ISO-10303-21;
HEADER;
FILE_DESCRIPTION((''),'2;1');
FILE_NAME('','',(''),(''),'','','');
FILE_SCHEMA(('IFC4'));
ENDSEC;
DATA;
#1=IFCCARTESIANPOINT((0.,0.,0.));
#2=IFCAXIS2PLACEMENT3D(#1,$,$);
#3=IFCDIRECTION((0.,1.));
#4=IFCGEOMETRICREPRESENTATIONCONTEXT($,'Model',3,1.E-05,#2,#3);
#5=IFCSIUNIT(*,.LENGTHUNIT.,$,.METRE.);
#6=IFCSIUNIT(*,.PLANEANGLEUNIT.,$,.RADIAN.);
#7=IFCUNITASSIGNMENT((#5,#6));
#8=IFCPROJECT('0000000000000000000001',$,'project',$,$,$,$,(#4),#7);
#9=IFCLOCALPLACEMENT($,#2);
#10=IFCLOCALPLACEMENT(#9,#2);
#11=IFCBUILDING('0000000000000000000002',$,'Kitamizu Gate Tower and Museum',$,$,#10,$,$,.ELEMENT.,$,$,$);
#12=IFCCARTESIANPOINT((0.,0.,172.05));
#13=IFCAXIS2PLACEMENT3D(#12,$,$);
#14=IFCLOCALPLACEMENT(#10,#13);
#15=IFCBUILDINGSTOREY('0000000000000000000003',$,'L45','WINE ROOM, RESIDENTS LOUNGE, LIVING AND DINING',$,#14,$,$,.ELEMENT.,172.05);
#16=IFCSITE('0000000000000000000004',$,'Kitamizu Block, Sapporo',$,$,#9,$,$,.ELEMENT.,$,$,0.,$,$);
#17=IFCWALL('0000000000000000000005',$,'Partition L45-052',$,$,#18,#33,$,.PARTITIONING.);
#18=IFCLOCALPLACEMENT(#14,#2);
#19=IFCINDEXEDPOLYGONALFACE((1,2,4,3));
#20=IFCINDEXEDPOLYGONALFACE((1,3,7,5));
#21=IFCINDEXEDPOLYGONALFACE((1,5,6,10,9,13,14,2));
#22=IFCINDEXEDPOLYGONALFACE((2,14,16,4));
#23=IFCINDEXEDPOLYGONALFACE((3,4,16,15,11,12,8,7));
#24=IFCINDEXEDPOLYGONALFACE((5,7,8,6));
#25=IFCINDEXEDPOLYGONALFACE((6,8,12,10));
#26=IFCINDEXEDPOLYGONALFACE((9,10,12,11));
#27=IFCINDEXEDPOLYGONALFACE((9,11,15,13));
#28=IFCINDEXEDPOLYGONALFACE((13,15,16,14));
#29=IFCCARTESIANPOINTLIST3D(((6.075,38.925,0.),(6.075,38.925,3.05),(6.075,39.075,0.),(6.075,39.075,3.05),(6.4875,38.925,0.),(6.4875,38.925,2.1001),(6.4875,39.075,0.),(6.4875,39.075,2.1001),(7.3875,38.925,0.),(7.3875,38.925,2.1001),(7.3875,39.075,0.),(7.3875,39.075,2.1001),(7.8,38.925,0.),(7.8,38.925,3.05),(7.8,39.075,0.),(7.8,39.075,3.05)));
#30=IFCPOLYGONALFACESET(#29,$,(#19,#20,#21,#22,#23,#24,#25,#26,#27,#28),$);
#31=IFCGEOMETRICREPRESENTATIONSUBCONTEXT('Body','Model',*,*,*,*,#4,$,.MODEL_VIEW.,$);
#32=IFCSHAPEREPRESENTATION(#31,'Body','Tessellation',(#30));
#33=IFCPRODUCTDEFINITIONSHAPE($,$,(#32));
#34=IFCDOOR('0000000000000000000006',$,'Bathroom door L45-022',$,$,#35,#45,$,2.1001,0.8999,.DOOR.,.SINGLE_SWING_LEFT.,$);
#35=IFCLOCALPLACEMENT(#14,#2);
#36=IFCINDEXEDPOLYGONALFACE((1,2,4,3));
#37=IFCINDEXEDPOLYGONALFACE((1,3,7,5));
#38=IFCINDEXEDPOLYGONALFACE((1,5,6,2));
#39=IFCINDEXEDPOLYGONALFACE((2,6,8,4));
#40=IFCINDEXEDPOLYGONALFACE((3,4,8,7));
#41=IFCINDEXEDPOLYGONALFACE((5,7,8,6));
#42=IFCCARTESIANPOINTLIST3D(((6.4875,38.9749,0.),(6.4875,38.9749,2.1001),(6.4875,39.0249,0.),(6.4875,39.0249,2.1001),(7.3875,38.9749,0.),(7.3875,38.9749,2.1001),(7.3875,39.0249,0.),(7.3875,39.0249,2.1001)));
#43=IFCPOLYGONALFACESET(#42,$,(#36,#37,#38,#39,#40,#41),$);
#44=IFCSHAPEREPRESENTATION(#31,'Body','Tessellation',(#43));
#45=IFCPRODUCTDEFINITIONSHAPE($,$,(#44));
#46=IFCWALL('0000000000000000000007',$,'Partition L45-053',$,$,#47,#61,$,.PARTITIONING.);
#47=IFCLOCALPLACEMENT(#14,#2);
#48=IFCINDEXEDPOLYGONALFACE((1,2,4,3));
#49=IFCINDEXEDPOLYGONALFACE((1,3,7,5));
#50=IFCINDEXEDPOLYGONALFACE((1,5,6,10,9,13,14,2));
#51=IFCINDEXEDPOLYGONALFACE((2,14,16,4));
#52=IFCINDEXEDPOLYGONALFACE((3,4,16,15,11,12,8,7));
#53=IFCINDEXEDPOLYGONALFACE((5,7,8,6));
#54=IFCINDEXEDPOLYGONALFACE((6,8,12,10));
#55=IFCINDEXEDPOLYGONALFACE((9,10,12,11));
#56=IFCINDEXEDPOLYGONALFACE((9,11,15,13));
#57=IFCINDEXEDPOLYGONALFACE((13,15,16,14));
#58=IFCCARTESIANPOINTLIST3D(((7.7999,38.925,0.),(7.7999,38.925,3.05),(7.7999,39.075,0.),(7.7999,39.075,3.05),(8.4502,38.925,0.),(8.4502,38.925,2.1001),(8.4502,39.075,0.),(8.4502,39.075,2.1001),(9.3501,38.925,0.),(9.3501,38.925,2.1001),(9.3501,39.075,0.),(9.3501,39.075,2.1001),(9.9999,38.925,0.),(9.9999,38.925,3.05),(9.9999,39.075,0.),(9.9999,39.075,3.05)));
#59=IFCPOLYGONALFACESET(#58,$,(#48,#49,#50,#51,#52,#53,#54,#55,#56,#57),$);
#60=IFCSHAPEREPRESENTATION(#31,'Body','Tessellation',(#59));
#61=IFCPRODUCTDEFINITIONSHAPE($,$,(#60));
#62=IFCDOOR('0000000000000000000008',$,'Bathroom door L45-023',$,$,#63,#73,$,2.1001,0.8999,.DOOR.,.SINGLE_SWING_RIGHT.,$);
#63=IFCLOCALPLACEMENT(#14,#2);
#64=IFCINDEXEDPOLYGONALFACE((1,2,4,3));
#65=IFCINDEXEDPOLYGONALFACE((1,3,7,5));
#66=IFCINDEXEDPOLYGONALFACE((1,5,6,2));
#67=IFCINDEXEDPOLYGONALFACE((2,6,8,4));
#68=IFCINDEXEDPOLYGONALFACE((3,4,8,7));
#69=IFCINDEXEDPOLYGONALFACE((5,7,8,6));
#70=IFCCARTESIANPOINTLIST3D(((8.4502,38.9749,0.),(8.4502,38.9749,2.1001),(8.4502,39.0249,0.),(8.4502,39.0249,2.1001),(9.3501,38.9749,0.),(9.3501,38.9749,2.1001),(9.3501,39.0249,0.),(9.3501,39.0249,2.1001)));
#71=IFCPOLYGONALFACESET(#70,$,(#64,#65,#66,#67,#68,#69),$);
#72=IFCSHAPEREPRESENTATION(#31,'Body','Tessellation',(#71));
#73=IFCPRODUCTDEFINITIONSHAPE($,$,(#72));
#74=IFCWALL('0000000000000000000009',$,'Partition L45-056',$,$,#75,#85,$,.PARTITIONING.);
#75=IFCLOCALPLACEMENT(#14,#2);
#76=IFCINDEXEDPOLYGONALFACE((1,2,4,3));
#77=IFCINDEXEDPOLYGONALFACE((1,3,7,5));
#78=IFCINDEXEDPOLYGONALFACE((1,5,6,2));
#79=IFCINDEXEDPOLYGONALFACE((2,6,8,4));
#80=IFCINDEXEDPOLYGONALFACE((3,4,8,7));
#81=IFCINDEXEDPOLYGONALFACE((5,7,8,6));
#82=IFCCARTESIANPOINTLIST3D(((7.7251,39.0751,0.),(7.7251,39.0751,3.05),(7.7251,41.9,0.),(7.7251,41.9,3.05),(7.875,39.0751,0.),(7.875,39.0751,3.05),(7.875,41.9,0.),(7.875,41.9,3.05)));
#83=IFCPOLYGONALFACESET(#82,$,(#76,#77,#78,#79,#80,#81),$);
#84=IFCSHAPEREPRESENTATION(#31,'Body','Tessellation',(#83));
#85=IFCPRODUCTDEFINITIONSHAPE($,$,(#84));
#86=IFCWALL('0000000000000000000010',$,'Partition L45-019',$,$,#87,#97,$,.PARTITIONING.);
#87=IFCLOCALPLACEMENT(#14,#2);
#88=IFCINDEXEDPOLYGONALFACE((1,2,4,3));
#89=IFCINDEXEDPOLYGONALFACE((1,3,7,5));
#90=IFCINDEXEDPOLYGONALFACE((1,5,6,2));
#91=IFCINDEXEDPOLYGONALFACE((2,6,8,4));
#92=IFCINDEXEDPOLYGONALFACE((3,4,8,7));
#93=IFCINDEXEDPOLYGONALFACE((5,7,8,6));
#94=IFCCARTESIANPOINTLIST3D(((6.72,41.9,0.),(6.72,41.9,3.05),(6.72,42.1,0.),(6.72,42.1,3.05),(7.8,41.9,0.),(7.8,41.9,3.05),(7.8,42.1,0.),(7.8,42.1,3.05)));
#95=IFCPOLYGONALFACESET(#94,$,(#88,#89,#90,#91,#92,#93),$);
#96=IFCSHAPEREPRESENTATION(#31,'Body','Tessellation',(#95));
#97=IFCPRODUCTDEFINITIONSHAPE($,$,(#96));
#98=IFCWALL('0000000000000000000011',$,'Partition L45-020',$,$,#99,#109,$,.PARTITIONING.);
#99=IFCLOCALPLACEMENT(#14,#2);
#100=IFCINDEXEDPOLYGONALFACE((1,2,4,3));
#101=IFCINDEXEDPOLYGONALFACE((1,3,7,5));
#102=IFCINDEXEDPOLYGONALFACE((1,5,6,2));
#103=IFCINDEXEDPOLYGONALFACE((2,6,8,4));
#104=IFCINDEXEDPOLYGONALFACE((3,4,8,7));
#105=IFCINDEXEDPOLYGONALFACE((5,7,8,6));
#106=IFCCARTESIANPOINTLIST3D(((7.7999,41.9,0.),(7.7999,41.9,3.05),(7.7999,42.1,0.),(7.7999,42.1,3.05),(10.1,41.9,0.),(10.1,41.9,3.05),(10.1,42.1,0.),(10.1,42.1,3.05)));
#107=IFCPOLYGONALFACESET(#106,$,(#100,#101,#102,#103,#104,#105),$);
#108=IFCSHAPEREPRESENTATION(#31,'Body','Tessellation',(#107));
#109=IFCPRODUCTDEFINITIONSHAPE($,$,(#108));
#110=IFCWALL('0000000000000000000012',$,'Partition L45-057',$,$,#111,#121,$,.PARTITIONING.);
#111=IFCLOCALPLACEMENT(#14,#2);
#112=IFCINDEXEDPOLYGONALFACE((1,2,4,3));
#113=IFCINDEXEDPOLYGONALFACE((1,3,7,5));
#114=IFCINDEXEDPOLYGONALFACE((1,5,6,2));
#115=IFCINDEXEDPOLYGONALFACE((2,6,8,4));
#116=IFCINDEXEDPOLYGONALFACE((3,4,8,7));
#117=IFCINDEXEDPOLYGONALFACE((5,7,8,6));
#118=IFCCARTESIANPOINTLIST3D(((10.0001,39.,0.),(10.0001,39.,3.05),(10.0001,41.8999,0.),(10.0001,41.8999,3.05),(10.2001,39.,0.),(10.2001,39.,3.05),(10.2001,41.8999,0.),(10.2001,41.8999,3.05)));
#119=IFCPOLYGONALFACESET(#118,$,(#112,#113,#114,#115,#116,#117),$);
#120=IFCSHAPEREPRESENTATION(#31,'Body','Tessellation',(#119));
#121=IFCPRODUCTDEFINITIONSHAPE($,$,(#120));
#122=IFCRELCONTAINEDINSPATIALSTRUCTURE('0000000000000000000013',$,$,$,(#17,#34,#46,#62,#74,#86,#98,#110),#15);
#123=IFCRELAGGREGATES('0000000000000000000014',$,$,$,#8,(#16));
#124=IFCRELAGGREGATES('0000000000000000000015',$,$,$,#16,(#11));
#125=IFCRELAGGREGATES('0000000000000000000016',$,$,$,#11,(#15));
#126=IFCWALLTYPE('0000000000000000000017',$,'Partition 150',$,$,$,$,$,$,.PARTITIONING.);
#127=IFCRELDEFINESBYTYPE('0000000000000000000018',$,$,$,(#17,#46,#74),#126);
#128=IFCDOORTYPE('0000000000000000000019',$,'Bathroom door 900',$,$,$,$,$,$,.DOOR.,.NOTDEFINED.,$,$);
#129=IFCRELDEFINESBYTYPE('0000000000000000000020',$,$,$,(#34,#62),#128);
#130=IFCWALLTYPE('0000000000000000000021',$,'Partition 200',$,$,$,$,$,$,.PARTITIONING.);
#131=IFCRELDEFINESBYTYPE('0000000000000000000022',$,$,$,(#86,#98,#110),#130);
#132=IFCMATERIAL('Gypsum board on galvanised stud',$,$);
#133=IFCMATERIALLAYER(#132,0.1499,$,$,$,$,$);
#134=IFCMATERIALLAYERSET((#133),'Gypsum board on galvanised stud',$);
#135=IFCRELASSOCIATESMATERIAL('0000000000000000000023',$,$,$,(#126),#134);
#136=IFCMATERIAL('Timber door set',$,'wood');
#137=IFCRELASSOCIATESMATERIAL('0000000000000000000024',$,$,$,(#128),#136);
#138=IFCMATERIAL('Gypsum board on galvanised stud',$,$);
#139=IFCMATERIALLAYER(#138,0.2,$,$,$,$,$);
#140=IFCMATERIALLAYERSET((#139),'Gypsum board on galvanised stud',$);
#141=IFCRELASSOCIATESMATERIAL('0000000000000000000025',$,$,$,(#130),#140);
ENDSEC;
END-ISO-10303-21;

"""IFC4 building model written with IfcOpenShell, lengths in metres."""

from ifc_helpers import new_model, si_unit, direction, frame, frame_2d, origin, place, context, subcontext, project, spatial, rectangle, extrude, material, layer, layer_set, type_object, element, fill, save


model = new_model("IFC4")

# Units and contexts
model_context = context("Model", 3, precision=1e-05, world=origin(), true_north=direction((0.0, 1.0)))
body_context = subcontext(model_context, "Body", "Model", "MODEL_VIEW")
ifc_project = project(units=[si_unit("LENGTHUNIT", "METRE"), si_unit("PLANEANGLEUNIT", "RADIAN")], contexts=[model_context])

# Site, building, storey
site_placement = place(None, origin())
site = spatial("IfcSite", under=ifc_project, at=site_placement, Name="Kitamizu Block, Sapporo", CompositionType="ELEMENT", RefElevation=0.0)
building_placement = place(site_placement, origin())
building = spatial("IfcBuilding", under=site, at=building_placement, Name="Kitamizu Gate Tower and Museum", CompositionType="ELEMENT")
storey_placement = place(building_placement, frame((0.0, 0.0, 172.05)))
storey = spatial("IfcBuildingStorey", under=building, at=storey_placement, Name="L45", Description="WINE ROOM, RESIDENTS LOUNGE, LIVING AND DINING", CompositionType="ELEMENT", Elevation=172.05)

# Walls, openings, doors
ifc_material_1 = material(Name="Gypsum board on galvanised stud")
ifc_layer_1 = layer(ifc_material_1, 0.1499)
ifc_layer_set_1 = layer_set([ifc_layer_1], Name="Gypsum board on galvanised stud")
wall_type_1 = type_object("IfcWallType", Name="Partition 150", PredefinedType="PARTITIONING", material=ifc_layer_set_1)
wall_1_placement = place(storey_placement, frame((7.8, 39.0, 0.0), z_axis=(0.0, 0.0, 1.0), x_axis=(-1.0, 0.0, 0.0)))
wall_1 = element("IfcWall", 1, at=wall_1_placement, inside=storey, type_object=wall_type_1, Name="Partition L45-052", PredefinedType="PARTITIONING", context=body_context, shape_type="SweptSolid", body=[
    extrude(rectangle(XDim=1.7251, YDim=0.1499, at=frame_2d((0.8625, 0.0))), origin(), (0.0, 0.0, 1.0), 3.05),
])
opening_1_placement = place(wall_1_placement, frame((0.4126, 0.0, 0.0)))
opening_1 = element("IfcOpeningElement", 2, at=opening_1_placement, cuts=wall_1, PredefinedType="OPENING", context=body_context, shape_type="SweptSolid", body=[
    extrude(rectangle(XDim=0.8999, YDim=2.1001, at=frame_2d((0.45, 1.05))), frame((0.0, 0.085, 0.0), z_axis=(0.0, -1.0, 0.0), x_axis=(1.0, 0.0, 0.0)), (0.0, 0.0, 1.0), 0.1699),
])
ifc_material_2 = material(Name="Timber door set", Category="wood")
door_type = type_object("IfcDoorType", Name="Bathroom door 900", OperationType="NOTDEFINED", PredefinedType="DOOR", material=ifc_material_2)
door_1_placement = place(opening_1_placement, frame((0.8999, 0.0, 0.0), x_axis=(-1.0, 0.0, 0.0)))
door_1 = element("IfcDoor", 3, at=door_1_placement, inside=storey, type_object=door_type, Name="Bathroom door L45-022", OperationType="SINGLE_SWING_LEFT", OverallHeight=2.1001, OverallWidth=0.8999, PredefinedType="DOOR", context=body_context, shape_type="SweptSolid", body=[
    extrude(rectangle(XDim=0.8999, YDim=2.1001, at=frame_2d((0.45, 1.05))), frame((0.0, 0.0249, 0.0), z_axis=(0.0, -1.0, 0.0), x_axis=(1.0, 0.0, 0.0)), (0.0, 0.0, 1.0), 0.05),
])
fill(opening_1, door_1)
wall_2_placement = place(storey_placement, frame((10.0, 39.0, 0.0), z_axis=(0.0, 0.0, 1.0), x_axis=(-1.0, 0.0, 0.0)))
wall_2 = element("IfcWall", 4, at=wall_2_placement, inside=storey, type_object=wall_type_1, Name="Partition L45-053", PredefinedType="PARTITIONING", context=body_context, shape_type="SweptSolid", body=[
    extrude(rectangle(XDim=2.2, YDim=0.1499, at=frame_2d((1.1001, 0.0))), origin(), (0.0, 0.0, 1.0), 3.05),
])
opening_2_placement = place(wall_2_placement, frame((0.6499, 0.0, 0.0)))
opening_2 = element("IfcOpeningElement", 5, at=opening_2_placement, cuts=wall_2, PredefinedType="OPENING", context=body_context, shape_type="SweptSolid", body=[
    extrude(rectangle(XDim=0.8999, YDim=2.1001, at=frame_2d((0.45, 1.05))), frame((0.0, 0.085, 0.0), z_axis=(0.0, -1.0, 0.0), x_axis=(1.0, 0.0, 0.0)), (0.0, 0.0, 1.0), 0.1699),
])
door_2_placement = place(opening_2_placement, frame((0.8999, 0.0, 0.0), x_axis=(-1.0, 0.0, 0.0)))
door_2 = element("IfcDoor", 6, at=door_2_placement, inside=storey, type_object=door_type, Name="Bathroom door L45-023", OperationType="SINGLE_SWING_RIGHT", OverallHeight=2.1001, OverallWidth=0.8999, PredefinedType="DOOR", context=body_context, shape_type="SweptSolid", body=[
    extrude(rectangle(XDim=0.8999, YDim=2.1001, at=frame_2d((0.45, 1.05))), frame((0.0, 0.0249, 0.0), z_axis=(0.0, -1.0, 0.0), x_axis=(1.0, 0.0, 0.0)), (0.0, 0.0, 1.0), 0.05),
])
fill(opening_2, door_2)

# Walls
wall_3_placement = place(storey_placement, frame((7.8, 39.075, 0.0), z_axis=(0.0, 0.0, 1.0), x_axis=(0.0, 1.0, 0.0)))
element("IfcWall", 7, at=wall_3_placement, inside=storey, type_object=wall_type_1, Name="Partition L45-056", PredefinedType="PARTITIONING", context=body_context, shape_type="SweptSolid", body=[
    extrude(rectangle(XDim=2.825, YDim=0.1499, at=frame_2d((1.4126, 0.0))), origin(), (0.0, 0.0, 1.0), 3.05),
])
ifc_material_3 = material(Name="Gypsum board on galvanised stud")
ifc_layer_2 = layer(ifc_material_3, 0.2)
ifc_layer_set_2 = layer_set([ifc_layer_2], Name="Gypsum board on galvanised stud")
wall_type_2 = type_object("IfcWallType", Name="Partition 200", PredefinedType="PARTITIONING", material=ifc_layer_set_2)
wall_4_placement = place(storey_placement, frame((6.72, 42.0, 0.0), z_axis=(0.0, 0.0, 1.0), x_axis=(1.0, 0.0, 0.0)))
element("IfcWall", 8, at=wall_4_placement, inside=storey, type_object=wall_type_2, Name="Partition L45-019", PredefinedType="PARTITIONING", context=body_context, shape_type="SweptSolid", body=[
    extrude(rectangle(XDim=1.0801, YDim=0.2, at=frame_2d((0.54, 0.0))), origin(), (0.0, 0.0, 1.0), 3.05),
])
wall_5_placement = place(storey_placement, frame((7.8, 42.0, 0.0), z_axis=(0.0, 0.0, 1.0), x_axis=(1.0, 0.0, 0.0)))
element("IfcWall", 9, at=wall_5_placement, inside=storey, type_object=wall_type_2, Name="Partition L45-020", PredefinedType="PARTITIONING", context=body_context, shape_type="SweptSolid", body=[
    extrude(rectangle(XDim=2.3, YDim=0.2, at=frame_2d((1.1499, 0.0))), origin(), (0.0, 0.0, 1.0), 3.05),
])
wall_6_placement = place(storey_placement, frame((10.1001, 39.0, 0.0), z_axis=(0.0, 0.0, 1.0), x_axis=(0.0, 1.0, 0.0)))
element("IfcWall", 10, at=wall_6_placement, inside=storey, type_object=wall_type_2, Name="Partition L45-057", PredefinedType="PARTITIONING", context=body_context, shape_type="SweptSolid", body=[
    extrude(rectangle(XDim=2.8999, YDim=0.2, at=frame_2d((1.45, 0.0))), origin(), (0.0, 0.0, 1.0), 3.05),
])

save(model, "model.ifc")
